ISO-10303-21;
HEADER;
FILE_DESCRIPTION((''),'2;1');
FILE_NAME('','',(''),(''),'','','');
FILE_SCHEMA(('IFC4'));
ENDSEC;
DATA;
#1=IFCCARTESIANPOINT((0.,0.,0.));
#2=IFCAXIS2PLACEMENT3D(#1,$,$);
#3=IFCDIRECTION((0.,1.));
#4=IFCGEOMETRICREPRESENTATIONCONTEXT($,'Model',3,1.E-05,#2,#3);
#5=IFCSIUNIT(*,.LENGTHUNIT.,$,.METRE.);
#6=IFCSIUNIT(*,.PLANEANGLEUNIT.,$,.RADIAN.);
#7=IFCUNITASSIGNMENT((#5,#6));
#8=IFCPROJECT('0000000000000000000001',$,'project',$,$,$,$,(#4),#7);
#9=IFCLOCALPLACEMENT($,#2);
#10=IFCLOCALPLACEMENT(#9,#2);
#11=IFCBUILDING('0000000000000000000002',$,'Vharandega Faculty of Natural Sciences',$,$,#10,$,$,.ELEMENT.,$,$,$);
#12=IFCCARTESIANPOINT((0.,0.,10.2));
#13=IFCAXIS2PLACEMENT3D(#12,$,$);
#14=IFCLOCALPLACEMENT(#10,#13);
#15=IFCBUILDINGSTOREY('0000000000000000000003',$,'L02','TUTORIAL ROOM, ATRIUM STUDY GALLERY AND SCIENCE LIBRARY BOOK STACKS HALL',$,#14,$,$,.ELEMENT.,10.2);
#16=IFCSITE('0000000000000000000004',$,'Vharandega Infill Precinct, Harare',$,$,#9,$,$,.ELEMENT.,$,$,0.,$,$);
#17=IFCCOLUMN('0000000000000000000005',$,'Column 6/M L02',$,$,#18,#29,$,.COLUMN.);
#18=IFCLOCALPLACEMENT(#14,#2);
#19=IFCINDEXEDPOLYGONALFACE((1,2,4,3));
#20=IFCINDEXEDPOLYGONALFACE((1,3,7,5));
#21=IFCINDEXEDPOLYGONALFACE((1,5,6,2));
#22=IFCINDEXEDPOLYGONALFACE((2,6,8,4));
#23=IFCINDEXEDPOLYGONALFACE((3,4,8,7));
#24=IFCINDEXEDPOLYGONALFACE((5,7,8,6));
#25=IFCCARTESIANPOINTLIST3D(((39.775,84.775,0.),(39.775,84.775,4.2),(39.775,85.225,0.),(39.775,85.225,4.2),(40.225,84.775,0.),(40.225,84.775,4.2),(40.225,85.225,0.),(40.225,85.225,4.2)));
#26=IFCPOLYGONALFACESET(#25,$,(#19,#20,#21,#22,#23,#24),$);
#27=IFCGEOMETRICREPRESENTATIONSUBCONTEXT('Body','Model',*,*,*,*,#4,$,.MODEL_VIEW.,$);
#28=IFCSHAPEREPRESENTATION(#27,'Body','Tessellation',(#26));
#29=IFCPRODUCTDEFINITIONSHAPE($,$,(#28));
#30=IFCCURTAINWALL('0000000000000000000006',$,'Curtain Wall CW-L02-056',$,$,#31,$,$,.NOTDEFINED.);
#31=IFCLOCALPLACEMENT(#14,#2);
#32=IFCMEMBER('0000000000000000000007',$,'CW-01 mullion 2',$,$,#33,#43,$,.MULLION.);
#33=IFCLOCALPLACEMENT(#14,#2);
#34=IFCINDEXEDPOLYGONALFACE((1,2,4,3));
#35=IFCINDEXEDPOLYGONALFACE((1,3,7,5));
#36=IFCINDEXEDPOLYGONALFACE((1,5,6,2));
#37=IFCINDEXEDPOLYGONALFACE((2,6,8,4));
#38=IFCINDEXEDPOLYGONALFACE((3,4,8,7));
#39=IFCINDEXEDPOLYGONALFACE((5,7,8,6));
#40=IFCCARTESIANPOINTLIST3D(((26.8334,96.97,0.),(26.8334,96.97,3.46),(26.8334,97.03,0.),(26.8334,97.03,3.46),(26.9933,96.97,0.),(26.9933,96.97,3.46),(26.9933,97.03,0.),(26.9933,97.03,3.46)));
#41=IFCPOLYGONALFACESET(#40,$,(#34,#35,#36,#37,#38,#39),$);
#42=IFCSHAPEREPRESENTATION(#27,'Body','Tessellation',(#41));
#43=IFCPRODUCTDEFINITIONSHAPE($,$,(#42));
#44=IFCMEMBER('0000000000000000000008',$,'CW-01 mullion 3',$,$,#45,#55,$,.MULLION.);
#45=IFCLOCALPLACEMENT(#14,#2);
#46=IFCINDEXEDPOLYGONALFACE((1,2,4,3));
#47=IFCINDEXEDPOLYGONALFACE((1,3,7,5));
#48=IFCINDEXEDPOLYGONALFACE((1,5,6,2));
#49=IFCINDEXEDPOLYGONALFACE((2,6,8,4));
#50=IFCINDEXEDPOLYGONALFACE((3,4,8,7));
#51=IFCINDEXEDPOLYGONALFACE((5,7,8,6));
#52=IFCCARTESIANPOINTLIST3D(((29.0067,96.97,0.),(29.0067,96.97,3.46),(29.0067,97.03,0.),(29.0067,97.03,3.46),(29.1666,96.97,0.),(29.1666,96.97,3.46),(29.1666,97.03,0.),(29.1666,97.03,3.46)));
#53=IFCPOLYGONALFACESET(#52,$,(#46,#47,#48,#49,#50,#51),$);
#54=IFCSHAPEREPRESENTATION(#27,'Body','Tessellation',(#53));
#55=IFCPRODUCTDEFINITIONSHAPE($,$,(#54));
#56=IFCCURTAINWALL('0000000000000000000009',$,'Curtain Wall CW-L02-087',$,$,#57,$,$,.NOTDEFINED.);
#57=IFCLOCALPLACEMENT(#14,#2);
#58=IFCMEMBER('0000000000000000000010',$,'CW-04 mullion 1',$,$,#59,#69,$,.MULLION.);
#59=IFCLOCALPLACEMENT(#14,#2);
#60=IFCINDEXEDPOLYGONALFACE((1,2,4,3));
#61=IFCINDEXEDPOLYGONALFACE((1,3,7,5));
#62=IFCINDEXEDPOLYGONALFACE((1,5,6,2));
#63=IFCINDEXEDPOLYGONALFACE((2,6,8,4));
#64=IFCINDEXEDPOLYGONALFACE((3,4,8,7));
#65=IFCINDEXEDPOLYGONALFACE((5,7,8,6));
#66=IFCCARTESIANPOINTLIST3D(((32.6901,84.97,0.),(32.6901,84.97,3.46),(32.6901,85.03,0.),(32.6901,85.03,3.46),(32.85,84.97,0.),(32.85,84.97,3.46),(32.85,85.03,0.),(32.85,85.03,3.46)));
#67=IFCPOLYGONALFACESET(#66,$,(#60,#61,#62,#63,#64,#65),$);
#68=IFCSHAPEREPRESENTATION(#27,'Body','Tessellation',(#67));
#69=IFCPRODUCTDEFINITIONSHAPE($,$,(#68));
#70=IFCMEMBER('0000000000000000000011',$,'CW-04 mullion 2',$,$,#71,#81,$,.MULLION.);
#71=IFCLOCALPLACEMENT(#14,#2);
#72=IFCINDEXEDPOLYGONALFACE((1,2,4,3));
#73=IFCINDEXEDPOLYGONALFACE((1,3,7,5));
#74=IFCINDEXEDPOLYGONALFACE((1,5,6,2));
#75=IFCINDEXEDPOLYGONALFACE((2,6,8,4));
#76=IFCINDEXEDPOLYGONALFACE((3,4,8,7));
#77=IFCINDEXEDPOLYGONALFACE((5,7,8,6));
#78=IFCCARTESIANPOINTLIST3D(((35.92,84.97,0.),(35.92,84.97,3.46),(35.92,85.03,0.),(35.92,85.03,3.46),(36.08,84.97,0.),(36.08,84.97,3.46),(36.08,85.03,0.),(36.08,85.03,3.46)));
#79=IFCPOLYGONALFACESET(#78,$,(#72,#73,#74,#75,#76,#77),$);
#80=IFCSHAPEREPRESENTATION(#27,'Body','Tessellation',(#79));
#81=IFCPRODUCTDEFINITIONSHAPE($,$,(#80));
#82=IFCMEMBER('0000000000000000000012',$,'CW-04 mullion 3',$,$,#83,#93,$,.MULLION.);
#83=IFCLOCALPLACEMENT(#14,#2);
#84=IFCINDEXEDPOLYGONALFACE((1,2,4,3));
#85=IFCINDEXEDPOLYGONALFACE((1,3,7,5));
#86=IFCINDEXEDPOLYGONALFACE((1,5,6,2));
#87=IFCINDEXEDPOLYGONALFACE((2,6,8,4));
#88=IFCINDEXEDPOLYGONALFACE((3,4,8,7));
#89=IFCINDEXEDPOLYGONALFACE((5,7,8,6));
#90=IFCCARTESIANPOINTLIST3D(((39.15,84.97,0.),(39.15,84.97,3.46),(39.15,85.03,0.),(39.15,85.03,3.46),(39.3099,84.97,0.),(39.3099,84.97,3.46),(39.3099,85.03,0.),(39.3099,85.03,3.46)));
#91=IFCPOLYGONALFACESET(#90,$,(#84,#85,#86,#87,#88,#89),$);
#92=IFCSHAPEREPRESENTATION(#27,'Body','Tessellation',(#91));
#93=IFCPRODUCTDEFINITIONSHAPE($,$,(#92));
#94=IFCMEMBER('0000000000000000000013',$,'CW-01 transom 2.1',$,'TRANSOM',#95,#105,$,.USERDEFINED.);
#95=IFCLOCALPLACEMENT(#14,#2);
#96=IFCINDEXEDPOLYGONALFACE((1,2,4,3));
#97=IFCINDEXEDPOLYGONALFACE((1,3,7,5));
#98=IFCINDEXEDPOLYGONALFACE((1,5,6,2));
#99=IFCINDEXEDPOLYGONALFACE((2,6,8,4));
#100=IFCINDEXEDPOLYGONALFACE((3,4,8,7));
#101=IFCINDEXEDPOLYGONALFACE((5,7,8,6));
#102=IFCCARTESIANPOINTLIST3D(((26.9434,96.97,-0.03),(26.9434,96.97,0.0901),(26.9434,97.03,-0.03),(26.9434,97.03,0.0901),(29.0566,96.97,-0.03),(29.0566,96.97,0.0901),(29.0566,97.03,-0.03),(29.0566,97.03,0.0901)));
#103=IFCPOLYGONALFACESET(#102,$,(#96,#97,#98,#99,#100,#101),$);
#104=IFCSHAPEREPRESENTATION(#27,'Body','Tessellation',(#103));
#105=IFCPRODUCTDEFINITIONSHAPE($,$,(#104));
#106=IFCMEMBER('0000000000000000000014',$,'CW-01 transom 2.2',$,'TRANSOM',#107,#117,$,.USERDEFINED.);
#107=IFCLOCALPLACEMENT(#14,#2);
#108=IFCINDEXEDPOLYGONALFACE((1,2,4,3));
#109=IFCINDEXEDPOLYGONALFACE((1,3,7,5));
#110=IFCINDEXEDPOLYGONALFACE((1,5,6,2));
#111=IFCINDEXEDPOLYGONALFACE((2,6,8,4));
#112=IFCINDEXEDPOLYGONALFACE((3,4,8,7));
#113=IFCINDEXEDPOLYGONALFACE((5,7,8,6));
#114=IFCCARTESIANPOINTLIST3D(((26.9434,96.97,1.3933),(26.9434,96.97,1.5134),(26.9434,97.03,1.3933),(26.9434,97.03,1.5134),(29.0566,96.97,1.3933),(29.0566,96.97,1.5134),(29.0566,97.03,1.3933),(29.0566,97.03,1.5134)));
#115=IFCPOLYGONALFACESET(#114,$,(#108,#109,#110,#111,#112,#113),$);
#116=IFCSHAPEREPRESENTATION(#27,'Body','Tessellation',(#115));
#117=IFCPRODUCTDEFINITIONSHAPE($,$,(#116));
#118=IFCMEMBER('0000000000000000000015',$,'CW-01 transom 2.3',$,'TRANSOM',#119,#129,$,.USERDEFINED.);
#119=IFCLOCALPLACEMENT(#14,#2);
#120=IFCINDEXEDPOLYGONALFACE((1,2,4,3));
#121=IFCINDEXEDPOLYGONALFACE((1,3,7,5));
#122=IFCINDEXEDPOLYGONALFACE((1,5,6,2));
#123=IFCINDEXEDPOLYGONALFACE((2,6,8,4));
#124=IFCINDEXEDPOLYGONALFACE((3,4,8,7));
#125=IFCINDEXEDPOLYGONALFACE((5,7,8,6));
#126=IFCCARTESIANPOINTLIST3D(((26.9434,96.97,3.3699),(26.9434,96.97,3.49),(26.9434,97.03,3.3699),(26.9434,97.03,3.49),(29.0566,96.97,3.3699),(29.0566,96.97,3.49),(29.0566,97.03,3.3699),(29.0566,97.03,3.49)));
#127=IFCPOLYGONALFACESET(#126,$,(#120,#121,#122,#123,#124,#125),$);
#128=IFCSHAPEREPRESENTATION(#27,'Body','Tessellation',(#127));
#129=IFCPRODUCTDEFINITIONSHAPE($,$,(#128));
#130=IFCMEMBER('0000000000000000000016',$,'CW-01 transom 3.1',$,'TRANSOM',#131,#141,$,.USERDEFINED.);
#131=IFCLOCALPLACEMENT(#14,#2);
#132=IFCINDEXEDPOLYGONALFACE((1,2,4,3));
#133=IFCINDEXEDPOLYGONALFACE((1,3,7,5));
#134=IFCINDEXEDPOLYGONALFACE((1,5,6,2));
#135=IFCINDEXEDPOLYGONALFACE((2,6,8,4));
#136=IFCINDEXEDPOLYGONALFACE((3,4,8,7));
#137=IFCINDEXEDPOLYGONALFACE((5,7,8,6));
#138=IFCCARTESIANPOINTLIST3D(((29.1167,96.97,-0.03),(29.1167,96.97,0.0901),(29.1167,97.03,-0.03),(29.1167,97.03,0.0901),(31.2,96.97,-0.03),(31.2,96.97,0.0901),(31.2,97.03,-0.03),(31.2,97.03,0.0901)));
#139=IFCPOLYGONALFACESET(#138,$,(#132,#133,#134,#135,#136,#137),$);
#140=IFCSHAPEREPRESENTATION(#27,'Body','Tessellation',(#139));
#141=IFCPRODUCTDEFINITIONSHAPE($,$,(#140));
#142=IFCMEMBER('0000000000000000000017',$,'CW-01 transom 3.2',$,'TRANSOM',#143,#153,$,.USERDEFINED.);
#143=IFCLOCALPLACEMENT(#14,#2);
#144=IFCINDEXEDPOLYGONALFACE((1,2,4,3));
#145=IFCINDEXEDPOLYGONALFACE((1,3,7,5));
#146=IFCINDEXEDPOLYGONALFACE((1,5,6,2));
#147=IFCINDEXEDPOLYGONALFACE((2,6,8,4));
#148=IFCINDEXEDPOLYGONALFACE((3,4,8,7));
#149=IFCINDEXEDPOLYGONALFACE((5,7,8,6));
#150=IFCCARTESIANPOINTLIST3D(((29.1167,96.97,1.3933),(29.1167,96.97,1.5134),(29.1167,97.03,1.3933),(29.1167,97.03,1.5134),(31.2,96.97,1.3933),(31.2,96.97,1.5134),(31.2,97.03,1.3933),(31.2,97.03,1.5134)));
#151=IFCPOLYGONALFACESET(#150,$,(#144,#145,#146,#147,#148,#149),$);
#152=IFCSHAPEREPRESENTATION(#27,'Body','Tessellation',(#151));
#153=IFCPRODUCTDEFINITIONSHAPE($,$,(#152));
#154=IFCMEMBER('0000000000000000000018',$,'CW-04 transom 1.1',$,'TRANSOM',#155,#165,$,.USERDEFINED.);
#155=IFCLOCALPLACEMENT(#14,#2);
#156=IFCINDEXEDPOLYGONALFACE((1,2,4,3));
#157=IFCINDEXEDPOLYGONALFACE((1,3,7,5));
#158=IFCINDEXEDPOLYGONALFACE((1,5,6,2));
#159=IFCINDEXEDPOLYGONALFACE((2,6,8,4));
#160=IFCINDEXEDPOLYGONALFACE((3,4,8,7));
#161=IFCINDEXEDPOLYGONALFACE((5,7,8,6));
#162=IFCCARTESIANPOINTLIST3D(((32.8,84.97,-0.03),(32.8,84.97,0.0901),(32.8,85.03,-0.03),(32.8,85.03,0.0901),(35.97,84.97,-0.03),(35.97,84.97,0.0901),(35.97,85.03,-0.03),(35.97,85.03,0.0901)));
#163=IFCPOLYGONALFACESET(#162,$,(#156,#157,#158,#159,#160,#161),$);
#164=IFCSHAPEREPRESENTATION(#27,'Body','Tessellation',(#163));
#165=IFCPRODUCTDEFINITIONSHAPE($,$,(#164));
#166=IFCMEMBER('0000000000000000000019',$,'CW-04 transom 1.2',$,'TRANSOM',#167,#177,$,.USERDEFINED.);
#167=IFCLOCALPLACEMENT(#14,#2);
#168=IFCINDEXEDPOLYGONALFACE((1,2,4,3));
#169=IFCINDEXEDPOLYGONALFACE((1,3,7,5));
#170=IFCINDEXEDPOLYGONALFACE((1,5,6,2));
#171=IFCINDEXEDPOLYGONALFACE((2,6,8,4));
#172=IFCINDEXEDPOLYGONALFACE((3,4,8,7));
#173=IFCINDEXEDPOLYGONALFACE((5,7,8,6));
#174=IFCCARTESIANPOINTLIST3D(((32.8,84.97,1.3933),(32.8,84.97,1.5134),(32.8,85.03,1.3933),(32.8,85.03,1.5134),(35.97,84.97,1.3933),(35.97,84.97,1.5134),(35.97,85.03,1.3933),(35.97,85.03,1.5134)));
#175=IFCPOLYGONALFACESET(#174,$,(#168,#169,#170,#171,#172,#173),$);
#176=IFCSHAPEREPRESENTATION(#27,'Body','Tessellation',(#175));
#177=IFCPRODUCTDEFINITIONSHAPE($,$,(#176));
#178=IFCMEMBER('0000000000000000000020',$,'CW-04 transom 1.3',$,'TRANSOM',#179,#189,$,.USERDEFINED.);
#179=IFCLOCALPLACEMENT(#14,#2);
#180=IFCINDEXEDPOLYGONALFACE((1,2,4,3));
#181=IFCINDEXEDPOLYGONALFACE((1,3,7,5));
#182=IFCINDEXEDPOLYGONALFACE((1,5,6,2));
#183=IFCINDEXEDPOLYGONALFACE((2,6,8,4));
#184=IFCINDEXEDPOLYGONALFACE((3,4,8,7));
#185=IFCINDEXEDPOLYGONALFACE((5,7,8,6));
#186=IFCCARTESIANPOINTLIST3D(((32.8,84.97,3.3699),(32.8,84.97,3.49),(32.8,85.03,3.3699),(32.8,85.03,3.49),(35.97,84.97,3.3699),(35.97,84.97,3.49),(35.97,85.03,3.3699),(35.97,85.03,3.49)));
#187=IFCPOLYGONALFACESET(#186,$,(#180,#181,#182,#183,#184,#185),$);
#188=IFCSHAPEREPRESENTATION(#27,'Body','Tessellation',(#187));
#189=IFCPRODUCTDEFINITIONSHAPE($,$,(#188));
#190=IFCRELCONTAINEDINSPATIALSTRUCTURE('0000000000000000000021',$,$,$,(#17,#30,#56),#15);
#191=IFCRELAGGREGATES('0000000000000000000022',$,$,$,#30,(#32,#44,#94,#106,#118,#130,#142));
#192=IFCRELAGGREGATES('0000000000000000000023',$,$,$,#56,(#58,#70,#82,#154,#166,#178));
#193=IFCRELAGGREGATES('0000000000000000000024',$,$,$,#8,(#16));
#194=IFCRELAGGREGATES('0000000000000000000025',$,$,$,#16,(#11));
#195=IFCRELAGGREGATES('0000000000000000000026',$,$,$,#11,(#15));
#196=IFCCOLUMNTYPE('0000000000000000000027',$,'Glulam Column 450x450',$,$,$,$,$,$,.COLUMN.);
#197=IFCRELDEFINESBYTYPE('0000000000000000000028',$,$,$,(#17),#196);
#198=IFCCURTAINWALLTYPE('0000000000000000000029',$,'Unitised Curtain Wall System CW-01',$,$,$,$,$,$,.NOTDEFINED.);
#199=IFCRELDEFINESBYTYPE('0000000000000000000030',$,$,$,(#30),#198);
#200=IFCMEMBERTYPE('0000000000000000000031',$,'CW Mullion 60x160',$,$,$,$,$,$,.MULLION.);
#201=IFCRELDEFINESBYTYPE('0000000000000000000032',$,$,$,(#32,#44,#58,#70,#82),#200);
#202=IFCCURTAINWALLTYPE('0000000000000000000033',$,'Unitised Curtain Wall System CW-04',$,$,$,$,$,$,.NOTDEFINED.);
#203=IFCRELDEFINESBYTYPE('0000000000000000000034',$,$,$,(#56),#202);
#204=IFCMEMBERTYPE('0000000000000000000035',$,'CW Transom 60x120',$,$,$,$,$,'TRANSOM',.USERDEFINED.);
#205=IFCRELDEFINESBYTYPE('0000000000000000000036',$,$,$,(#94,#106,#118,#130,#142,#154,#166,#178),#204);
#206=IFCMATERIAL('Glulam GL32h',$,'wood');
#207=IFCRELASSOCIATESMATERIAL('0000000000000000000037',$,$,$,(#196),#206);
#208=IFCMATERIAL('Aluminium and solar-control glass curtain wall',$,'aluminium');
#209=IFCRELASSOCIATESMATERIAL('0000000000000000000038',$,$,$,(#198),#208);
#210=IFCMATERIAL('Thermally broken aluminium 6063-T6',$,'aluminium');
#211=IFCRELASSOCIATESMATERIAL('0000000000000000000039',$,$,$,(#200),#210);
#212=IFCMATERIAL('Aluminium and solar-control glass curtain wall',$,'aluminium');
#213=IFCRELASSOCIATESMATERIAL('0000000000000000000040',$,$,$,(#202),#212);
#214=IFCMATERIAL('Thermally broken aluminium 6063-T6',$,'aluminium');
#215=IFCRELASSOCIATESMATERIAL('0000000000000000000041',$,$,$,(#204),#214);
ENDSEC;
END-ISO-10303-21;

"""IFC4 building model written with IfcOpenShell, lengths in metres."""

from ifc_helpers import new_model, si_unit, direction, frame, origin, origin_2d, place, context, subcontext, project, spatial, rectangle, extrude, material, material_profile, profile_set, type_object, element, aggregate, save


model = new_model("IFC4")

# Units and contexts
model_context = context("Model", 3, precision=1e-05, world=origin(), true_north=direction((0.0, 1.0)))
body_context = subcontext(model_context, "Body", "Model", "MODEL_VIEW")
ifc_project = project(units=[si_unit("LENGTHUNIT", "METRE"), si_unit("PLANEANGLEUNIT", "RADIAN")], contexts=[model_context])

# Site, building, storey
site_placement = place(None, origin())
site = spatial("IfcSite", under=ifc_project, at=site_placement, Name="Vharandega Infill Precinct, Harare", CompositionType="ELEMENT", RefElevation=0.0)
building_placement = place(site_placement, origin())
building = spatial("IfcBuilding", under=site, at=building_placement, Name="Vharandega Faculty of Natural Sciences", CompositionType="ELEMENT")
storey_placement = place(building_placement, frame((0.0, 0.0, 10.2)))
storey = spatial("IfcBuildingStorey", under=building, at=storey_placement, Name="L02", Description="TUTORIAL ROOM, ATRIUM STUDY GALLERY AND SCIENCE LIBRARY BOOK STACKS HALL", CompositionType="ELEMENT", Elevation=10.2)

# Column
ifc_material_1 = material(Name="Glulam GL32h", Category="wood")
ifc_material_profile_1 = material_profile(ifc_material_1, rectangle(XDim=0.45, YDim=0.45, at=origin_2d()), Name="GL32h 450x450")
ifc_profile_set_1 = profile_set([ifc_material_profile_1], Name="Glulam GL32h")
column_type = type_object("IfcColumnType", Name="Glulam Column 450x450", PredefinedType="COLUMN", material=ifc_profile_set_1)
column_placement = place(storey_placement, frame((40.0, 85.0, 0.0), z_axis=(0.0, 0.0, 1.0), x_axis=(1.0, 0.0, 0.0)))
element("IfcColumn", 1, at=column_placement, inside=storey, type_object=column_type, Name="Column 6/M L02", PredefinedType="COLUMN", context=body_context, shape_type="SweptSolid", body=[
    extrude(rectangle(XDim=0.45, YDim=0.45, at=origin_2d()), origin(), (0.0, 0.0, 1.0), 4.2),
])

# Curtain walls, members
ifc_material_2 = material(Name="Aluminium and solar-control glass curtain wall", Category="aluminium")
curtain_wall_type_1 = type_object("IfcCurtainWallType", Name="Unitised Curtain Wall System CW-01", PredefinedType="NOTDEFINED", material=ifc_material_2)
curtain_wall_1_placement = place(storey_placement, origin())
curtain_wall_1 = element("IfcCurtainWall", 2, at=curtain_wall_1_placement, inside=storey, type_object=curtain_wall_type_1, Name="Curtain Wall CW-L02-056", PredefinedType="NOTDEFINED")
ifc_material_3 = material(Name="Thermally broken aluminium 6063-T6", Category="aluminium")
ifc_material_profile_2 = material_profile(ifc_material_3, rectangle(XDim=0.0601, YDim=0.1599, at=origin_2d()), Name="ALU 60x160")
ifc_profile_set_2 = profile_set([ifc_material_profile_2], Name="Thermally broken aluminium 6063-T6")
member_type_1 = type_object("IfcMemberType", Name="CW Mullion 60x160", PredefinedType="MULLION", material=ifc_profile_set_2)
member_1_placement = place(storey_placement, frame((26.9133, 97.0, 0.0), z_axis=(0.0, 0.0, 1.0), x_axis=(0.0, 1.0, 0.0)))
member_1 = element("IfcMember", 3, at=member_1_placement, type_object=member_type_1, Name="CW-01 mullion 2", PredefinedType="MULLION", context=body_context, shape_type="SweptSolid", body=[
    extrude(rectangle(XDim=0.0601, YDim=0.1599, at=origin_2d()), origin(), (0.0, 0.0, 1.0), 3.46),
])
member_2_placement = place(storey_placement, frame((29.0867, 97.0, 0.0), z_axis=(0.0, 0.0, 1.0), x_axis=(0.0, 1.0, 0.0)))
member_2 = element("IfcMember", 4, at=member_2_placement, type_object=member_type_1, Name="CW-01 mullion 3", PredefinedType="MULLION", context=body_context, shape_type="SweptSolid", body=[
    extrude(rectangle(XDim=0.0601, YDim=0.1599, at=origin_2d()), origin(), (0.0, 0.0, 1.0), 3.46),
])
ifc_material_4 = material(Name="Aluminium and solar-control glass curtain wall", Category="aluminium")
curtain_wall_type_2 = type_object("IfcCurtainWallType", Name="Unitised Curtain Wall System CW-04", PredefinedType="NOTDEFINED", material=ifc_material_4)
curtain_wall_2_placement = place(storey_placement, origin())
curtain_wall_2 = element("IfcCurtainWall", 5, at=curtain_wall_2_placement, inside=storey, type_object=curtain_wall_type_2, Name="Curtain Wall CW-L02-087", PredefinedType="NOTDEFINED")
member_3_placement = place(storey_placement, frame((32.77, 85.0, 0.0), z_axis=(0.0, 0.0, 1.0), x_axis=(0.0, 1.0, 0.0)))
member_3 = element("IfcMember", 6, at=member_3_placement, type_object=member_type_1, Name="CW-04 mullion 1", PredefinedType="MULLION", context=body_context, shape_type="SweptSolid", body=[
    extrude(rectangle(XDim=0.0601, YDim=0.1599, at=origin_2d()), origin(), (0.0, 0.0, 1.0), 3.46),
])
member_4_placement = place(storey_placement, frame((36.0, 85.0, 0.0), z_axis=(0.0, 0.0, 1.0), x_axis=(0.0, 1.0, 0.0)))
member_4 = element("IfcMember", 7, at=member_4_placement, type_object=member_type_1, Name="CW-04 mullion 2", PredefinedType="MULLION", context=body_context, shape_type="SweptSolid", body=[
    extrude(rectangle(XDim=0.0601, YDim=0.1599, at=origin_2d()), origin(), (0.0, 0.0, 1.0), 3.46),
])
member_5_placement = place(storey_placement, frame((39.23, 85.0, 0.0), z_axis=(0.0, 0.0, 1.0), x_axis=(0.0, 1.0, 0.0)))
member_5 = element("IfcMember", 8, at=member_5_placement, type_object=member_type_1, Name="CW-04 mullion 3", PredefinedType="MULLION", context=body_context, shape_type="SweptSolid", body=[
    extrude(rectangle(XDim=0.0601, YDim=0.1599, at=origin_2d()), origin(), (0.0, 0.0, 1.0), 3.46),
])

# Members
ifc_material_5 = material(Name="Thermally broken aluminium 6063-T6", Category="aluminium")
ifc_material_profile_3 = material_profile(ifc_material_5, rectangle(XDim=0.0601, YDim=0.1201, at=origin_2d()), Name="ALU 60x120")
ifc_profile_set_3 = profile_set([ifc_material_profile_3], Name="Thermally broken aluminium 6063-T6")
member_type_2 = type_object("IfcMemberType", Name="CW Transom 60x120", ElementType="TRANSOM", PredefinedType="USERDEFINED", material=ifc_profile_set_3)
member_6_placement = place(storey_placement, frame((26.9434, 97.0, 0.03), z_axis=(1.0, 0.0, 0.0), x_axis=(0.0, 1.0, 0.0)))
member_6 = element("IfcMember", 9, at=member_6_placement, type_object=member_type_2, Name="CW-01 transom 2.1", ObjectType="TRANSOM", PredefinedType="USERDEFINED", context=body_context, shape_type="SweptSolid", body=[
    extrude(rectangle(XDim=0.0601, YDim=0.1201, at=origin_2d()), origin(), (0.0, 0.0, 1.0), 2.1133),
])
member_7_placement = place(storey_placement, frame((26.9434, 97.0, 1.4534), z_axis=(1.0, 0.0, 0.0), x_axis=(0.0, 1.0, 0.0)))
member_7 = element("IfcMember", 10, at=member_7_placement, type_object=member_type_2, Name="CW-01 transom 2.2", ObjectType="TRANSOM", PredefinedType="USERDEFINED", context=body_context, shape_type="SweptSolid", body=[
    extrude(rectangle(XDim=0.0601, YDim=0.1201, at=origin_2d()), origin(), (0.0, 0.0, 1.0), 2.1133),
])
member_8_placement = place(storey_placement, frame((26.9434, 97.0, 3.4299), z_axis=(1.0, 0.0, 0.0), x_axis=(0.0, 1.0, 0.0)))
member_8 = element("IfcMember", 11, at=member_8_placement, type_object=member_type_2, Name="CW-01 transom 2.3", ObjectType="TRANSOM", PredefinedType="USERDEFINED", context=body_context, shape_type="SweptSolid", body=[
    extrude(rectangle(XDim=0.0601, YDim=0.1201, at=origin_2d()), origin(), (0.0, 0.0, 1.0), 2.1133),
])
member_9_placement = place(storey_placement, frame((29.1167, 97.0, 0.03), z_axis=(1.0, 0.0, 0.0), x_axis=(0.0, 1.0, 0.0)))
member_9 = element("IfcMember", 12, at=member_9_placement, type_object=member_type_2, Name="CW-01 transom 3.1", ObjectType="TRANSOM", PredefinedType="USERDEFINED", context=body_context, shape_type="SweptSolid", body=[
    extrude(rectangle(XDim=0.0601, YDim=0.1201, at=origin_2d()), origin(), (0.0, 0.0, 1.0), 2.0833),
])
member_10_placement = place(storey_placement, frame((29.1167, 97.0, 1.4534), z_axis=(1.0, 0.0, 0.0), x_axis=(0.0, 1.0, 0.0)))
member_10 = element("IfcMember", 13, at=member_10_placement, type_object=member_type_2, Name="CW-01 transom 3.2", ObjectType="TRANSOM", PredefinedType="USERDEFINED", context=body_context, shape_type="SweptSolid", body=[
    extrude(rectangle(XDim=0.0601, YDim=0.1201, at=origin_2d()), origin(), (0.0, 0.0, 1.0), 2.0833),
])
member_11_placement = place(storey_placement, frame((32.8, 85.0, 0.03), z_axis=(1.0, 0.0, 0.0), x_axis=(0.0, 1.0, 0.0)))
member_11 = element("IfcMember", 14, at=member_11_placement, type_object=member_type_2, Name="CW-04 transom 1.1", ObjectType="TRANSOM", PredefinedType="USERDEFINED", context=body_context, shape_type="SweptSolid", body=[
    extrude(rectangle(XDim=0.0601, YDim=0.1201, at=origin_2d()), origin(), (0.0, 0.0, 1.0), 3.1699),
])
member_12_placement = place(storey_placement, frame((32.8, 85.0, 1.4534), z_axis=(1.0, 0.0, 0.0), x_axis=(0.0, 1.0, 0.0)))
member_12 = element("IfcMember", 15, at=member_12_placement, type_object=member_type_2, Name="CW-04 transom 1.2", ObjectType="TRANSOM", PredefinedType="USERDEFINED", context=body_context, shape_type="SweptSolid", body=[
    extrude(rectangle(XDim=0.0601, YDim=0.1201, at=origin_2d()), origin(), (0.0, 0.0, 1.0), 3.1699),
])
member_13_placement = place(storey_placement, frame((32.8, 85.0, 3.4299), z_axis=(1.0, 0.0, 0.0), x_axis=(0.0, 1.0, 0.0)))
member_13 = element("IfcMember", 16, at=member_13_placement, type_object=member_type_2, Name="CW-04 transom 1.3", ObjectType="TRANSOM", PredefinedType="USERDEFINED", context=body_context, shape_type="SweptSolid", body=[
    extrude(rectangle(XDim=0.0601, YDim=0.1201, at=origin_2d()), origin(), (0.0, 0.0, 1.0), 3.1699),
])

aggregate(curtain_wall_1, [member_1, member_2, member_6, member_7, member_8, member_9, member_10])
aggregate(curtain_wall_2, [member_3, member_4, member_5, member_11, member_12, member_13])

save(model, "model.ifc")
